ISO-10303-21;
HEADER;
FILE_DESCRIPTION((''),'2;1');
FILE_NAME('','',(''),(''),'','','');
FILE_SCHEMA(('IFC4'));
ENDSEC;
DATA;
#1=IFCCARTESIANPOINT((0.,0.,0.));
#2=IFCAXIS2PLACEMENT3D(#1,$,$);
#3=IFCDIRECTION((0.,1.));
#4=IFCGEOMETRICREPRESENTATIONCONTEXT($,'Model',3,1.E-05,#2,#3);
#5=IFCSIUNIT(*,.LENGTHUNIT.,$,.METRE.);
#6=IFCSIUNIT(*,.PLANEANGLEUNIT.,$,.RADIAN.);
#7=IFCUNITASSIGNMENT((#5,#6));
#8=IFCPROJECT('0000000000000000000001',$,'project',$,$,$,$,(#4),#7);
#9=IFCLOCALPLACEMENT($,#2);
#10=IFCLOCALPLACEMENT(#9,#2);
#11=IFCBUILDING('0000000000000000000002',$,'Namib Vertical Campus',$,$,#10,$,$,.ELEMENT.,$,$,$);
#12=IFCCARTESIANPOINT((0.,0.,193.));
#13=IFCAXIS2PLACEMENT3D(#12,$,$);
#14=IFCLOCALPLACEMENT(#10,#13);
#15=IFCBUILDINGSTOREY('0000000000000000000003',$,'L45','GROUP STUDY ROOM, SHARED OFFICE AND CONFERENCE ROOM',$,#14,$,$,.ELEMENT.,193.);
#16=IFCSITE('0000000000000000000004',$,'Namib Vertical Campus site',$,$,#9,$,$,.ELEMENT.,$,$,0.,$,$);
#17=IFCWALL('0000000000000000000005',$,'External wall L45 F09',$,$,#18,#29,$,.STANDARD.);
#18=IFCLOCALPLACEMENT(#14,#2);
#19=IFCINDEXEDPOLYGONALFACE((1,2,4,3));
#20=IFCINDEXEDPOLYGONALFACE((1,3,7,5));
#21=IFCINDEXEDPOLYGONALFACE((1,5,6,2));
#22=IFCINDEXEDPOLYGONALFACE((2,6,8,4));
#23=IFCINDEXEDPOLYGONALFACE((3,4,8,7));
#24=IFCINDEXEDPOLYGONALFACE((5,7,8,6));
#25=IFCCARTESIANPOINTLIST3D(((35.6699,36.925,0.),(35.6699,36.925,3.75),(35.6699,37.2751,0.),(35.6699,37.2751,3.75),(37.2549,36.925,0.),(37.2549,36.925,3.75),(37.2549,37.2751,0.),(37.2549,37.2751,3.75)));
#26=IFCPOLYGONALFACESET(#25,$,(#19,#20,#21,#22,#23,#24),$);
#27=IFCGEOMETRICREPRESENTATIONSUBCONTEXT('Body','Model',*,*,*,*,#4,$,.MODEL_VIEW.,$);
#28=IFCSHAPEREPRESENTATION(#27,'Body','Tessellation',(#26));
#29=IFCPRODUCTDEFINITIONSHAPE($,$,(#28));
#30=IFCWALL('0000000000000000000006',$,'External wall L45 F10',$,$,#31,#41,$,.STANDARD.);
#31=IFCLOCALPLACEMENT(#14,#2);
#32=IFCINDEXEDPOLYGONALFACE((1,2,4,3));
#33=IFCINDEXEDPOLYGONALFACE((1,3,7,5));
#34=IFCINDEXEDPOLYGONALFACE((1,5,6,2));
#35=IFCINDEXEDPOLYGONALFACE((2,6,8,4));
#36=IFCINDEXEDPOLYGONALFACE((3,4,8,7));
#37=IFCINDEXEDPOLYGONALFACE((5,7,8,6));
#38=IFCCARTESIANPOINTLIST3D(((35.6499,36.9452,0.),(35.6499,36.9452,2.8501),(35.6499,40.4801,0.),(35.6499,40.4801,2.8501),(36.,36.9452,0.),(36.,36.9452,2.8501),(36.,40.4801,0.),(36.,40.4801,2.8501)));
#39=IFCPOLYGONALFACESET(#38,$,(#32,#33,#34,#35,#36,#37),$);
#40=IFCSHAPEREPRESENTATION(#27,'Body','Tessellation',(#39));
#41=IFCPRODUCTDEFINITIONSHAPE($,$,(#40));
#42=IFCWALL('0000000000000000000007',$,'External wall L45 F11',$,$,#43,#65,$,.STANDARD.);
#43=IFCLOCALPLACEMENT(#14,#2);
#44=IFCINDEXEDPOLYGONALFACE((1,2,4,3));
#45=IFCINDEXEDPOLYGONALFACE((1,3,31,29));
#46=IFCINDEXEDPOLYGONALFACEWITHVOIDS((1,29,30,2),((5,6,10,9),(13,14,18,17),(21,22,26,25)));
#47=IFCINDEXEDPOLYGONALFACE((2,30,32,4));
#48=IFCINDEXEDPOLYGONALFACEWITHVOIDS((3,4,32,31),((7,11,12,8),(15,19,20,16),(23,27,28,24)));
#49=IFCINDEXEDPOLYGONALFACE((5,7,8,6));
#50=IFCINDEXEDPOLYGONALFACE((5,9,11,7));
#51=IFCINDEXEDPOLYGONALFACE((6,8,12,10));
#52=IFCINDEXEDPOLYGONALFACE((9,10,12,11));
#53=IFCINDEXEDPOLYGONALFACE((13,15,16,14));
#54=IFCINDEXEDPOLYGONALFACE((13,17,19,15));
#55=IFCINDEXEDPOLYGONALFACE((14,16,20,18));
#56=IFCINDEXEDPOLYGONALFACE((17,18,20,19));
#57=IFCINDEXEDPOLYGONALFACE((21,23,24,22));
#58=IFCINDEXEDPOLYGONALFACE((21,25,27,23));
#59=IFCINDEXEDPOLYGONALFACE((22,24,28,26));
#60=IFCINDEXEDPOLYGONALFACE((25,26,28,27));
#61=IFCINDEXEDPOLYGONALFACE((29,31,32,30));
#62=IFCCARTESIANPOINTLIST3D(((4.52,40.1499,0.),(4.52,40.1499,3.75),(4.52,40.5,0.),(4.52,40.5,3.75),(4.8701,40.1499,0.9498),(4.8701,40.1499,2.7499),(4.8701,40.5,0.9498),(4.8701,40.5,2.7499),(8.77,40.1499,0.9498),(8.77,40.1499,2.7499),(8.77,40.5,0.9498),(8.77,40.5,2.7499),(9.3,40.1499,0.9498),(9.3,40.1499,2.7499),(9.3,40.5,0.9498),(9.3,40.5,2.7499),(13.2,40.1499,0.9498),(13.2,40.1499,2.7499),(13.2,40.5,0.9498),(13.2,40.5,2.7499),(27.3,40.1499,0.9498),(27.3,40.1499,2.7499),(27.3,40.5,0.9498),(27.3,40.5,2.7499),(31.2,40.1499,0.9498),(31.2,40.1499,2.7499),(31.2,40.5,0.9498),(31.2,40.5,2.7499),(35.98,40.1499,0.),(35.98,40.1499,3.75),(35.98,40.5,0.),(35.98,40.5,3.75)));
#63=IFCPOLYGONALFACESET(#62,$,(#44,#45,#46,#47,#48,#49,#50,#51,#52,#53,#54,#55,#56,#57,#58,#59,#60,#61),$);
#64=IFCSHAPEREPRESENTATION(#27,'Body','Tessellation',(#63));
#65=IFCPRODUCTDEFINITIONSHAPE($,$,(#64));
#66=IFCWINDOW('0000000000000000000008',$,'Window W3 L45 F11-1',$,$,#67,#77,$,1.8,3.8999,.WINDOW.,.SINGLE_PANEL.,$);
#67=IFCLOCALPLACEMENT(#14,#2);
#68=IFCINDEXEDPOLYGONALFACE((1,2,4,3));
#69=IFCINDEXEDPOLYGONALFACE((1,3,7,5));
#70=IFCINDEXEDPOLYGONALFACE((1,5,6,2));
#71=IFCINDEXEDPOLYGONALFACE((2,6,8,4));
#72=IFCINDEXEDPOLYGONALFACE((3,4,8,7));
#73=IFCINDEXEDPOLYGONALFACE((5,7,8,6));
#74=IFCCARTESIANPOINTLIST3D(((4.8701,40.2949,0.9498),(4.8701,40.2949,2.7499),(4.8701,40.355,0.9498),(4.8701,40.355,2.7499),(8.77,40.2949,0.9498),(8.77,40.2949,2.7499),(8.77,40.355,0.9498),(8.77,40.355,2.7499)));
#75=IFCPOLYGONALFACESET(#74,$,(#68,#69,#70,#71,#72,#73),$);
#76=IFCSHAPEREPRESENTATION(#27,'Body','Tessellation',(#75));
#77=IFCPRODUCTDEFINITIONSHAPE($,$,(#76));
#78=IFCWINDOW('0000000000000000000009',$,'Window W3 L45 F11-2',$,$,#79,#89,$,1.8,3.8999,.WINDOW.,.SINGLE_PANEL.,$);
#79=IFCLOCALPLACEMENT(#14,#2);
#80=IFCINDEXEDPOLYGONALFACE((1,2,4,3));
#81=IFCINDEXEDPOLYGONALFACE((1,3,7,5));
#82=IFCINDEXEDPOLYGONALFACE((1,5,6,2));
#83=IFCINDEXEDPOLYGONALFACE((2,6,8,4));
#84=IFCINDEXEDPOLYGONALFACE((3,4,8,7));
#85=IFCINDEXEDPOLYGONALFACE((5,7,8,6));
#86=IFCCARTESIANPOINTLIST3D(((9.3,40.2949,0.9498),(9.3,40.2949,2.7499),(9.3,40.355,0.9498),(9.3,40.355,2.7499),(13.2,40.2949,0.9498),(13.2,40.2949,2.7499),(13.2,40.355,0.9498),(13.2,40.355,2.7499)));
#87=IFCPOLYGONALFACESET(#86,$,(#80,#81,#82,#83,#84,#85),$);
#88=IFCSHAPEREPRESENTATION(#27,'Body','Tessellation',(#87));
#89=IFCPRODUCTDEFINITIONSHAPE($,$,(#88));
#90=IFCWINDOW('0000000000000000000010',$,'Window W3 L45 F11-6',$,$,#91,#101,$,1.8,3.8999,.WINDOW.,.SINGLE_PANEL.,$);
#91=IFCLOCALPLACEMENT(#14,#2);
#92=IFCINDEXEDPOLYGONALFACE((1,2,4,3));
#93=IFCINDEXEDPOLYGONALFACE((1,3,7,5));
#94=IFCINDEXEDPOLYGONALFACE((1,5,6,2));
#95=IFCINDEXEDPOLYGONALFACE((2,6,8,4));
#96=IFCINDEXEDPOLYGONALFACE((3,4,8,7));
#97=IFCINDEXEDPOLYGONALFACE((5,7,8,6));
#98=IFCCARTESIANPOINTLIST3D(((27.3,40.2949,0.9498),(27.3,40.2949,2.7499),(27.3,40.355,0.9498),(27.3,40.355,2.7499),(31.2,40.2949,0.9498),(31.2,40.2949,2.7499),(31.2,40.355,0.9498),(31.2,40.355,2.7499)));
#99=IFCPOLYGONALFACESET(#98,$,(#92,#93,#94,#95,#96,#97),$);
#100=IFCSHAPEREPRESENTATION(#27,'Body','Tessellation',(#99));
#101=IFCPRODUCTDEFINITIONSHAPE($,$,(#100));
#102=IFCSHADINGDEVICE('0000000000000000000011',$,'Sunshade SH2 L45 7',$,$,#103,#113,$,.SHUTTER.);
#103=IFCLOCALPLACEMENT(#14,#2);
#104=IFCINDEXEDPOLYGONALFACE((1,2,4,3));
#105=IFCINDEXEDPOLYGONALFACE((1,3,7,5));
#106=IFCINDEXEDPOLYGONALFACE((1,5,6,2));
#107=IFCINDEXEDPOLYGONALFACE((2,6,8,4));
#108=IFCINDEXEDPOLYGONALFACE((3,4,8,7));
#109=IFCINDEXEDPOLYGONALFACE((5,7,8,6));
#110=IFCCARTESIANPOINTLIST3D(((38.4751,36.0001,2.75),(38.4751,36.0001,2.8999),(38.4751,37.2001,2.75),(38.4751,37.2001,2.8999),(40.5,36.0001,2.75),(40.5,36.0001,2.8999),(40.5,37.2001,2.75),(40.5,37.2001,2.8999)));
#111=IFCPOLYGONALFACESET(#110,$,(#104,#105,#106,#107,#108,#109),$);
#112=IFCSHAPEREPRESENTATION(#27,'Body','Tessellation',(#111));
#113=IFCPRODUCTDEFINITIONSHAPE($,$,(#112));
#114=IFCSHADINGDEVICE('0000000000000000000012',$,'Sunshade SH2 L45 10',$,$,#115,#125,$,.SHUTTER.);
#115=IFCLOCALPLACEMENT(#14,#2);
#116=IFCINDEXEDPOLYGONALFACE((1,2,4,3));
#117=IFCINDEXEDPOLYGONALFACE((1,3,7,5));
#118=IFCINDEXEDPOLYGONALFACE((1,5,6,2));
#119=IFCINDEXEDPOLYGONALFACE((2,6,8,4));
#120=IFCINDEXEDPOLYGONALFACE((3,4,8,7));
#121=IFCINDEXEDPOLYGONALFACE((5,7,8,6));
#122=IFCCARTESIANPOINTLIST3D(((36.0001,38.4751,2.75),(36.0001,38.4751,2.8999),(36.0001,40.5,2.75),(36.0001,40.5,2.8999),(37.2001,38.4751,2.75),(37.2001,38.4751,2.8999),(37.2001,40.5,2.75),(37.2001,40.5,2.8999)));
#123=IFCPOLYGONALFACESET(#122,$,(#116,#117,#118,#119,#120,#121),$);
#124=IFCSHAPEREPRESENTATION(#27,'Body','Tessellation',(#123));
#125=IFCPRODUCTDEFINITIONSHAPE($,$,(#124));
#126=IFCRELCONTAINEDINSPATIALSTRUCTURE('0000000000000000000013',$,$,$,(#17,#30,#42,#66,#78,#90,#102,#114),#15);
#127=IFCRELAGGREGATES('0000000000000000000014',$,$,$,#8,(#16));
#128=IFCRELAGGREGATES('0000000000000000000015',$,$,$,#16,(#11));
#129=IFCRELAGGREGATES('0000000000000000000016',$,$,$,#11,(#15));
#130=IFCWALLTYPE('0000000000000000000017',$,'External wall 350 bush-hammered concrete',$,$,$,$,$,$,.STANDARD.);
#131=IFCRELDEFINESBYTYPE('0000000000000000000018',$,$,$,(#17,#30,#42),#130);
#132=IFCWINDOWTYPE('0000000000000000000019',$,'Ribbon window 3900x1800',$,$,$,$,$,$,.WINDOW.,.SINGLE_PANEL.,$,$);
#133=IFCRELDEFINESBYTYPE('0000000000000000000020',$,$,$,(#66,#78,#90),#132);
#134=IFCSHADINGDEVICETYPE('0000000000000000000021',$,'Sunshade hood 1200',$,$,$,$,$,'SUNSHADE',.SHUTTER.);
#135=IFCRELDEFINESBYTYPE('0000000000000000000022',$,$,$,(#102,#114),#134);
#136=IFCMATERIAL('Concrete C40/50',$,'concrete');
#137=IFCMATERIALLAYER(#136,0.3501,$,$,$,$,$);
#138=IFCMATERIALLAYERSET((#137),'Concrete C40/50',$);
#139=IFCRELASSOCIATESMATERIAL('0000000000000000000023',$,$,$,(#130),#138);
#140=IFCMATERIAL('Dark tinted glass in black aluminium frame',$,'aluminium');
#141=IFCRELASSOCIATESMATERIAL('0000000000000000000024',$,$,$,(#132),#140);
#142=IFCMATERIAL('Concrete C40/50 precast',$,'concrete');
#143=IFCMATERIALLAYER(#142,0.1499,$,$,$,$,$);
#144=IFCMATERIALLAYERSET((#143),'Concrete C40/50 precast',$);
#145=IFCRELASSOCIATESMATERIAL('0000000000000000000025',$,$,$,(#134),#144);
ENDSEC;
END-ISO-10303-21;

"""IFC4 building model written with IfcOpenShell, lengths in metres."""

from ifc_helpers import new_model, si_unit, direction, frame, frame_2d, origin, origin_2d, place, context, subcontext, project, spatial, rectangle, extrude, material, layer, layer_set, type_object, element, fill, save


model = new_model("IFC4")

# Units and contexts
model_context = context("Model", 3, precision=1e-05, world=origin(), true_north=direction((0.0, 1.0)))
body_context = subcontext(model_context, "Body", "Model", "MODEL_VIEW")
ifc_project = project(units=[si_unit("LENGTHUNIT", "METRE"), si_unit("PLANEANGLEUNIT", "RADIAN")], contexts=[model_context])

# Site, building, storey
site_placement = place(None, origin())
site = spatial("IfcSite", under=ifc_project, at=site_placement, Name="Namib Vertical Campus site", CompositionType="ELEMENT", RefElevation=0.0)
building_placement = place(site_placement, origin())
building = spatial("IfcBuilding", under=site, at=building_placement, Name="Namib Vertical Campus", CompositionType="ELEMENT")
storey_placement = place(building_placement, frame((0.0, 0.0, 193.0)))
storey = spatial("IfcBuildingStorey", under=building, at=storey_placement, Name="L45", Description="GROUP STUDY ROOM, SHARED OFFICE AND CONFERENCE ROOM", CompositionType="ELEMENT", Elevation=193.0)

# Walls
ifc_material_1 = material(Name="Concrete C40/50", Category="concrete")
ifc_layer_1 = layer(ifc_material_1, 0.3501)
ifc_layer_set_1 = layer_set([ifc_layer_1], Name="Concrete C40/50")
wall_type_1 = type_object("IfcWallType", Name="External wall 350 bush-hammered concrete", PredefinedType="STANDARD", material=ifc_layer_set_1)
for number, where, z_axis, x_axis, name in (
    (1, (37.2549, 37.1001, 0.0), (0.0, 0.0, 1.0), (-1.0, 0.0, 0.0), "External wall L45 F09"),
):
    element("IfcWall", number, at=place(storey_placement, frame(where, z_axis=z_axis, x_axis=x_axis)), inside=storey, type_object=wall_type_1, Name=name, PredefinedType="STANDARD", context=body_context, shape_type="SweptSolid", body=[
        extrude(rectangle(XDim=1.585, YDim=0.3501, at=frame_2d((0.7925, 0.0))), origin(), (0.0, 0.0, 1.0), 3.75),
    ])
wall_1_placement = place(storey_placement, frame((35.825, 36.9451, 0.0), z_axis=(0.0, 0.0, 1.0), x_axis=(0.0, 1.0, 0.0)))
element("IfcWall", 2, at=wall_1_placement, inside=storey, type_object=wall_type_1, Name="External wall L45 F10", PredefinedType="STANDARD", context=body_context, shape_type="SweptSolid", body=[
    extrude(rectangle(XDim=3.5349, YDim=0.3501, at=frame_2d((1.7676, 0.0))), origin(), (0.0, 0.0, 1.0), 2.8501),
])

# Wall, openings, windows
wall_2_placement = place(storey_placement, frame((35.98, 40.325, 0.0), z_axis=(0.0, 0.0, 1.0), x_axis=(-1.0, 0.0, 0.0)))
wall_2 = element("IfcWall", 3, at=wall_2_placement, inside=storey, type_object=wall_type_1, Name="External wall L45 F11", PredefinedType="STANDARD", context=body_context, shape_type="SweptSolid", body=[
    extrude(rectangle(XDim=31.46, YDim=0.3501, at=frame_2d((15.73, 0.0))), origin(), (0.0, 0.0, 1.0), 3.75),
])
opening_1_placement = place(wall_2_placement, frame((27.21, 0.0, 0.95)))
opening_1 = element("IfcOpeningElement", 4, at=opening_1_placement, cuts=wall_2, PredefinedType="OPENING", context=body_context, shape_type="SweptSolid", body=[
    extrude(rectangle(XDim=3.8999, YDim=1.8, at=frame_2d((1.95, 0.8999))), frame((0.0, 0.1851, 0.0), z_axis=(0.0, -1.0, 0.0), x_axis=(1.0, 0.0, 0.0)), (0.0, 0.0, 1.0), 0.3701),
])
opening_2_placement = place(wall_2_placement, frame((22.78, 0.0, 0.95)))
opening_2 = element("IfcOpeningElement", 5, at=opening_2_placement, cuts=wall_2, PredefinedType="OPENING", context=body_context, shape_type="SweptSolid", body=[
    extrude(rectangle(XDim=3.8999, YDim=1.8, at=frame_2d((1.95, 0.8999))), frame((0.0, 0.1851, 0.0), z_axis=(0.0, -1.0, 0.0), x_axis=(1.0, 0.0, 0.0)), (0.0, 0.0, 1.0), 0.3701),
])
opening_3_placement = place(wall_2_placement, frame((4.78, 0.0, 0.95)))
opening_3 = element("IfcOpeningElement", 6, at=opening_3_placement, cuts=wall_2, PredefinedType="OPENING", context=body_context, shape_type="SweptSolid", body=[
    extrude(rectangle(XDim=3.8999, YDim=1.8, at=frame_2d((1.95, 0.8999))), frame((0.0, 0.1851, 0.0), z_axis=(0.0, -1.0, 0.0), x_axis=(1.0, 0.0, 0.0)), (0.0, 0.0, 1.0), 0.3701),
])
ifc_material_2 = material(Name="Dark tinted glass in black aluminium frame", Category="aluminium")
window_type = type_object("IfcWindowType", Name="Ribbon window 3900x1800", PartitioningType="SINGLE_PANEL", PredefinedType="WINDOW", material=ifc_material_2)
window_1_placement = place(opening_1_placement, origin())
window_1 = element("IfcWindow", 7, at=window_1_placement, inside=storey, type_object=window_type, Name="Window W3 L45 F11-1", OverallHeight=1.8, OverallWidth=3.8999, PartitioningType="SINGLE_PANEL", PredefinedType="WINDOW", context=body_context, shape_type="SweptSolid", body=[
    extrude(rectangle(XDim=3.8999, YDim=1.8, at=frame_2d((1.95, 0.8999))), frame((0.0, 0.03, 0.0), z_axis=(0.0, -1.0, 0.0), x_axis=(1.0, 0.0, 0.0)), (0.0, 0.0, 1.0), 0.0601),
])
fill(opening_1, window_1)
window_2_placement = place(opening_2_placement, origin())
window_2 = element("IfcWindow", 8, at=window_2_placement, inside=storey, type_object=window_type, Name="Window W3 L45 F11-2", OverallHeight=1.8, OverallWidth=3.8999, PartitioningType="SINGLE_PANEL", PredefinedType="WINDOW", context=body_context, shape_type="SweptSolid", body=[
    extrude(rectangle(XDim=3.8999, YDim=1.8, at=frame_2d((1.95, 0.8999))), frame((0.0, 0.03, 0.0), z_axis=(0.0, -1.0, 0.0), x_axis=(1.0, 0.0, 0.0)), (0.0, 0.0, 1.0), 0.0601),
])
fill(opening_2, window_2)
window_3_placement = place(opening_3_placement, origin())
window_3 = element("IfcWindow", 9, at=window_3_placement, inside=storey, type_object=window_type, Name="Window W3 L45 F11-6", OverallHeight=1.8, OverallWidth=3.8999, PartitioningType="SINGLE_PANEL", PredefinedType="WINDOW", context=body_context, shape_type="SweptSolid", body=[
    extrude(rectangle(XDim=3.8999, YDim=1.8, at=frame_2d((1.95, 0.8999))), frame((0.0, 0.03, 0.0), z_axis=(0.0, -1.0, 0.0), x_axis=(1.0, 0.0, 0.0)), (0.0, 0.0, 1.0), 0.0601),
])
fill(opening_3, window_3)

# Shading devices
ifc_material_3 = material(Name="Concrete C40/50 precast", Category="concrete")
ifc_layer_2 = layer(ifc_material_3, 0.1499)
ifc_layer_set_2 = layer_set([ifc_layer_2], Name="Concrete C40/50 precast")
shading_device_type = type_object("IfcShadingDeviceType", Name="Sunshade hood 1200", ElementType="SUNSHADE", PredefinedType="SHUTTER", material=ifc_layer_set_2)
for number, where, z_axis, x_axis, name in (
    (10, (39.4875, 36.6001, 2.75), (0.0, 0.0, 1.0), (-1.0, 0.0, 0.0), "Sunshade SH2 L45 7"),
    (11, (36.6001, 39.4875, 2.75), (0.0, 0.0, 1.0), (0.0, 1.0, 0.0), "Sunshade SH2 L45 10"),
):
    element("IfcShadingDevice", number, at=place(storey_placement, frame(where, z_axis=z_axis, x_axis=x_axis)), inside=storey, type_object=shading_device_type, Name=name, PredefinedType="SHUTTER", context=body_context, shape_type="SweptSolid", body=[
        extrude(rectangle(XDim=2.0249, YDim=1.2, at=origin_2d()), origin(), (0.0, 0.0, 1.0), 0.1499),
    ])

save(model, "model.ifc")
